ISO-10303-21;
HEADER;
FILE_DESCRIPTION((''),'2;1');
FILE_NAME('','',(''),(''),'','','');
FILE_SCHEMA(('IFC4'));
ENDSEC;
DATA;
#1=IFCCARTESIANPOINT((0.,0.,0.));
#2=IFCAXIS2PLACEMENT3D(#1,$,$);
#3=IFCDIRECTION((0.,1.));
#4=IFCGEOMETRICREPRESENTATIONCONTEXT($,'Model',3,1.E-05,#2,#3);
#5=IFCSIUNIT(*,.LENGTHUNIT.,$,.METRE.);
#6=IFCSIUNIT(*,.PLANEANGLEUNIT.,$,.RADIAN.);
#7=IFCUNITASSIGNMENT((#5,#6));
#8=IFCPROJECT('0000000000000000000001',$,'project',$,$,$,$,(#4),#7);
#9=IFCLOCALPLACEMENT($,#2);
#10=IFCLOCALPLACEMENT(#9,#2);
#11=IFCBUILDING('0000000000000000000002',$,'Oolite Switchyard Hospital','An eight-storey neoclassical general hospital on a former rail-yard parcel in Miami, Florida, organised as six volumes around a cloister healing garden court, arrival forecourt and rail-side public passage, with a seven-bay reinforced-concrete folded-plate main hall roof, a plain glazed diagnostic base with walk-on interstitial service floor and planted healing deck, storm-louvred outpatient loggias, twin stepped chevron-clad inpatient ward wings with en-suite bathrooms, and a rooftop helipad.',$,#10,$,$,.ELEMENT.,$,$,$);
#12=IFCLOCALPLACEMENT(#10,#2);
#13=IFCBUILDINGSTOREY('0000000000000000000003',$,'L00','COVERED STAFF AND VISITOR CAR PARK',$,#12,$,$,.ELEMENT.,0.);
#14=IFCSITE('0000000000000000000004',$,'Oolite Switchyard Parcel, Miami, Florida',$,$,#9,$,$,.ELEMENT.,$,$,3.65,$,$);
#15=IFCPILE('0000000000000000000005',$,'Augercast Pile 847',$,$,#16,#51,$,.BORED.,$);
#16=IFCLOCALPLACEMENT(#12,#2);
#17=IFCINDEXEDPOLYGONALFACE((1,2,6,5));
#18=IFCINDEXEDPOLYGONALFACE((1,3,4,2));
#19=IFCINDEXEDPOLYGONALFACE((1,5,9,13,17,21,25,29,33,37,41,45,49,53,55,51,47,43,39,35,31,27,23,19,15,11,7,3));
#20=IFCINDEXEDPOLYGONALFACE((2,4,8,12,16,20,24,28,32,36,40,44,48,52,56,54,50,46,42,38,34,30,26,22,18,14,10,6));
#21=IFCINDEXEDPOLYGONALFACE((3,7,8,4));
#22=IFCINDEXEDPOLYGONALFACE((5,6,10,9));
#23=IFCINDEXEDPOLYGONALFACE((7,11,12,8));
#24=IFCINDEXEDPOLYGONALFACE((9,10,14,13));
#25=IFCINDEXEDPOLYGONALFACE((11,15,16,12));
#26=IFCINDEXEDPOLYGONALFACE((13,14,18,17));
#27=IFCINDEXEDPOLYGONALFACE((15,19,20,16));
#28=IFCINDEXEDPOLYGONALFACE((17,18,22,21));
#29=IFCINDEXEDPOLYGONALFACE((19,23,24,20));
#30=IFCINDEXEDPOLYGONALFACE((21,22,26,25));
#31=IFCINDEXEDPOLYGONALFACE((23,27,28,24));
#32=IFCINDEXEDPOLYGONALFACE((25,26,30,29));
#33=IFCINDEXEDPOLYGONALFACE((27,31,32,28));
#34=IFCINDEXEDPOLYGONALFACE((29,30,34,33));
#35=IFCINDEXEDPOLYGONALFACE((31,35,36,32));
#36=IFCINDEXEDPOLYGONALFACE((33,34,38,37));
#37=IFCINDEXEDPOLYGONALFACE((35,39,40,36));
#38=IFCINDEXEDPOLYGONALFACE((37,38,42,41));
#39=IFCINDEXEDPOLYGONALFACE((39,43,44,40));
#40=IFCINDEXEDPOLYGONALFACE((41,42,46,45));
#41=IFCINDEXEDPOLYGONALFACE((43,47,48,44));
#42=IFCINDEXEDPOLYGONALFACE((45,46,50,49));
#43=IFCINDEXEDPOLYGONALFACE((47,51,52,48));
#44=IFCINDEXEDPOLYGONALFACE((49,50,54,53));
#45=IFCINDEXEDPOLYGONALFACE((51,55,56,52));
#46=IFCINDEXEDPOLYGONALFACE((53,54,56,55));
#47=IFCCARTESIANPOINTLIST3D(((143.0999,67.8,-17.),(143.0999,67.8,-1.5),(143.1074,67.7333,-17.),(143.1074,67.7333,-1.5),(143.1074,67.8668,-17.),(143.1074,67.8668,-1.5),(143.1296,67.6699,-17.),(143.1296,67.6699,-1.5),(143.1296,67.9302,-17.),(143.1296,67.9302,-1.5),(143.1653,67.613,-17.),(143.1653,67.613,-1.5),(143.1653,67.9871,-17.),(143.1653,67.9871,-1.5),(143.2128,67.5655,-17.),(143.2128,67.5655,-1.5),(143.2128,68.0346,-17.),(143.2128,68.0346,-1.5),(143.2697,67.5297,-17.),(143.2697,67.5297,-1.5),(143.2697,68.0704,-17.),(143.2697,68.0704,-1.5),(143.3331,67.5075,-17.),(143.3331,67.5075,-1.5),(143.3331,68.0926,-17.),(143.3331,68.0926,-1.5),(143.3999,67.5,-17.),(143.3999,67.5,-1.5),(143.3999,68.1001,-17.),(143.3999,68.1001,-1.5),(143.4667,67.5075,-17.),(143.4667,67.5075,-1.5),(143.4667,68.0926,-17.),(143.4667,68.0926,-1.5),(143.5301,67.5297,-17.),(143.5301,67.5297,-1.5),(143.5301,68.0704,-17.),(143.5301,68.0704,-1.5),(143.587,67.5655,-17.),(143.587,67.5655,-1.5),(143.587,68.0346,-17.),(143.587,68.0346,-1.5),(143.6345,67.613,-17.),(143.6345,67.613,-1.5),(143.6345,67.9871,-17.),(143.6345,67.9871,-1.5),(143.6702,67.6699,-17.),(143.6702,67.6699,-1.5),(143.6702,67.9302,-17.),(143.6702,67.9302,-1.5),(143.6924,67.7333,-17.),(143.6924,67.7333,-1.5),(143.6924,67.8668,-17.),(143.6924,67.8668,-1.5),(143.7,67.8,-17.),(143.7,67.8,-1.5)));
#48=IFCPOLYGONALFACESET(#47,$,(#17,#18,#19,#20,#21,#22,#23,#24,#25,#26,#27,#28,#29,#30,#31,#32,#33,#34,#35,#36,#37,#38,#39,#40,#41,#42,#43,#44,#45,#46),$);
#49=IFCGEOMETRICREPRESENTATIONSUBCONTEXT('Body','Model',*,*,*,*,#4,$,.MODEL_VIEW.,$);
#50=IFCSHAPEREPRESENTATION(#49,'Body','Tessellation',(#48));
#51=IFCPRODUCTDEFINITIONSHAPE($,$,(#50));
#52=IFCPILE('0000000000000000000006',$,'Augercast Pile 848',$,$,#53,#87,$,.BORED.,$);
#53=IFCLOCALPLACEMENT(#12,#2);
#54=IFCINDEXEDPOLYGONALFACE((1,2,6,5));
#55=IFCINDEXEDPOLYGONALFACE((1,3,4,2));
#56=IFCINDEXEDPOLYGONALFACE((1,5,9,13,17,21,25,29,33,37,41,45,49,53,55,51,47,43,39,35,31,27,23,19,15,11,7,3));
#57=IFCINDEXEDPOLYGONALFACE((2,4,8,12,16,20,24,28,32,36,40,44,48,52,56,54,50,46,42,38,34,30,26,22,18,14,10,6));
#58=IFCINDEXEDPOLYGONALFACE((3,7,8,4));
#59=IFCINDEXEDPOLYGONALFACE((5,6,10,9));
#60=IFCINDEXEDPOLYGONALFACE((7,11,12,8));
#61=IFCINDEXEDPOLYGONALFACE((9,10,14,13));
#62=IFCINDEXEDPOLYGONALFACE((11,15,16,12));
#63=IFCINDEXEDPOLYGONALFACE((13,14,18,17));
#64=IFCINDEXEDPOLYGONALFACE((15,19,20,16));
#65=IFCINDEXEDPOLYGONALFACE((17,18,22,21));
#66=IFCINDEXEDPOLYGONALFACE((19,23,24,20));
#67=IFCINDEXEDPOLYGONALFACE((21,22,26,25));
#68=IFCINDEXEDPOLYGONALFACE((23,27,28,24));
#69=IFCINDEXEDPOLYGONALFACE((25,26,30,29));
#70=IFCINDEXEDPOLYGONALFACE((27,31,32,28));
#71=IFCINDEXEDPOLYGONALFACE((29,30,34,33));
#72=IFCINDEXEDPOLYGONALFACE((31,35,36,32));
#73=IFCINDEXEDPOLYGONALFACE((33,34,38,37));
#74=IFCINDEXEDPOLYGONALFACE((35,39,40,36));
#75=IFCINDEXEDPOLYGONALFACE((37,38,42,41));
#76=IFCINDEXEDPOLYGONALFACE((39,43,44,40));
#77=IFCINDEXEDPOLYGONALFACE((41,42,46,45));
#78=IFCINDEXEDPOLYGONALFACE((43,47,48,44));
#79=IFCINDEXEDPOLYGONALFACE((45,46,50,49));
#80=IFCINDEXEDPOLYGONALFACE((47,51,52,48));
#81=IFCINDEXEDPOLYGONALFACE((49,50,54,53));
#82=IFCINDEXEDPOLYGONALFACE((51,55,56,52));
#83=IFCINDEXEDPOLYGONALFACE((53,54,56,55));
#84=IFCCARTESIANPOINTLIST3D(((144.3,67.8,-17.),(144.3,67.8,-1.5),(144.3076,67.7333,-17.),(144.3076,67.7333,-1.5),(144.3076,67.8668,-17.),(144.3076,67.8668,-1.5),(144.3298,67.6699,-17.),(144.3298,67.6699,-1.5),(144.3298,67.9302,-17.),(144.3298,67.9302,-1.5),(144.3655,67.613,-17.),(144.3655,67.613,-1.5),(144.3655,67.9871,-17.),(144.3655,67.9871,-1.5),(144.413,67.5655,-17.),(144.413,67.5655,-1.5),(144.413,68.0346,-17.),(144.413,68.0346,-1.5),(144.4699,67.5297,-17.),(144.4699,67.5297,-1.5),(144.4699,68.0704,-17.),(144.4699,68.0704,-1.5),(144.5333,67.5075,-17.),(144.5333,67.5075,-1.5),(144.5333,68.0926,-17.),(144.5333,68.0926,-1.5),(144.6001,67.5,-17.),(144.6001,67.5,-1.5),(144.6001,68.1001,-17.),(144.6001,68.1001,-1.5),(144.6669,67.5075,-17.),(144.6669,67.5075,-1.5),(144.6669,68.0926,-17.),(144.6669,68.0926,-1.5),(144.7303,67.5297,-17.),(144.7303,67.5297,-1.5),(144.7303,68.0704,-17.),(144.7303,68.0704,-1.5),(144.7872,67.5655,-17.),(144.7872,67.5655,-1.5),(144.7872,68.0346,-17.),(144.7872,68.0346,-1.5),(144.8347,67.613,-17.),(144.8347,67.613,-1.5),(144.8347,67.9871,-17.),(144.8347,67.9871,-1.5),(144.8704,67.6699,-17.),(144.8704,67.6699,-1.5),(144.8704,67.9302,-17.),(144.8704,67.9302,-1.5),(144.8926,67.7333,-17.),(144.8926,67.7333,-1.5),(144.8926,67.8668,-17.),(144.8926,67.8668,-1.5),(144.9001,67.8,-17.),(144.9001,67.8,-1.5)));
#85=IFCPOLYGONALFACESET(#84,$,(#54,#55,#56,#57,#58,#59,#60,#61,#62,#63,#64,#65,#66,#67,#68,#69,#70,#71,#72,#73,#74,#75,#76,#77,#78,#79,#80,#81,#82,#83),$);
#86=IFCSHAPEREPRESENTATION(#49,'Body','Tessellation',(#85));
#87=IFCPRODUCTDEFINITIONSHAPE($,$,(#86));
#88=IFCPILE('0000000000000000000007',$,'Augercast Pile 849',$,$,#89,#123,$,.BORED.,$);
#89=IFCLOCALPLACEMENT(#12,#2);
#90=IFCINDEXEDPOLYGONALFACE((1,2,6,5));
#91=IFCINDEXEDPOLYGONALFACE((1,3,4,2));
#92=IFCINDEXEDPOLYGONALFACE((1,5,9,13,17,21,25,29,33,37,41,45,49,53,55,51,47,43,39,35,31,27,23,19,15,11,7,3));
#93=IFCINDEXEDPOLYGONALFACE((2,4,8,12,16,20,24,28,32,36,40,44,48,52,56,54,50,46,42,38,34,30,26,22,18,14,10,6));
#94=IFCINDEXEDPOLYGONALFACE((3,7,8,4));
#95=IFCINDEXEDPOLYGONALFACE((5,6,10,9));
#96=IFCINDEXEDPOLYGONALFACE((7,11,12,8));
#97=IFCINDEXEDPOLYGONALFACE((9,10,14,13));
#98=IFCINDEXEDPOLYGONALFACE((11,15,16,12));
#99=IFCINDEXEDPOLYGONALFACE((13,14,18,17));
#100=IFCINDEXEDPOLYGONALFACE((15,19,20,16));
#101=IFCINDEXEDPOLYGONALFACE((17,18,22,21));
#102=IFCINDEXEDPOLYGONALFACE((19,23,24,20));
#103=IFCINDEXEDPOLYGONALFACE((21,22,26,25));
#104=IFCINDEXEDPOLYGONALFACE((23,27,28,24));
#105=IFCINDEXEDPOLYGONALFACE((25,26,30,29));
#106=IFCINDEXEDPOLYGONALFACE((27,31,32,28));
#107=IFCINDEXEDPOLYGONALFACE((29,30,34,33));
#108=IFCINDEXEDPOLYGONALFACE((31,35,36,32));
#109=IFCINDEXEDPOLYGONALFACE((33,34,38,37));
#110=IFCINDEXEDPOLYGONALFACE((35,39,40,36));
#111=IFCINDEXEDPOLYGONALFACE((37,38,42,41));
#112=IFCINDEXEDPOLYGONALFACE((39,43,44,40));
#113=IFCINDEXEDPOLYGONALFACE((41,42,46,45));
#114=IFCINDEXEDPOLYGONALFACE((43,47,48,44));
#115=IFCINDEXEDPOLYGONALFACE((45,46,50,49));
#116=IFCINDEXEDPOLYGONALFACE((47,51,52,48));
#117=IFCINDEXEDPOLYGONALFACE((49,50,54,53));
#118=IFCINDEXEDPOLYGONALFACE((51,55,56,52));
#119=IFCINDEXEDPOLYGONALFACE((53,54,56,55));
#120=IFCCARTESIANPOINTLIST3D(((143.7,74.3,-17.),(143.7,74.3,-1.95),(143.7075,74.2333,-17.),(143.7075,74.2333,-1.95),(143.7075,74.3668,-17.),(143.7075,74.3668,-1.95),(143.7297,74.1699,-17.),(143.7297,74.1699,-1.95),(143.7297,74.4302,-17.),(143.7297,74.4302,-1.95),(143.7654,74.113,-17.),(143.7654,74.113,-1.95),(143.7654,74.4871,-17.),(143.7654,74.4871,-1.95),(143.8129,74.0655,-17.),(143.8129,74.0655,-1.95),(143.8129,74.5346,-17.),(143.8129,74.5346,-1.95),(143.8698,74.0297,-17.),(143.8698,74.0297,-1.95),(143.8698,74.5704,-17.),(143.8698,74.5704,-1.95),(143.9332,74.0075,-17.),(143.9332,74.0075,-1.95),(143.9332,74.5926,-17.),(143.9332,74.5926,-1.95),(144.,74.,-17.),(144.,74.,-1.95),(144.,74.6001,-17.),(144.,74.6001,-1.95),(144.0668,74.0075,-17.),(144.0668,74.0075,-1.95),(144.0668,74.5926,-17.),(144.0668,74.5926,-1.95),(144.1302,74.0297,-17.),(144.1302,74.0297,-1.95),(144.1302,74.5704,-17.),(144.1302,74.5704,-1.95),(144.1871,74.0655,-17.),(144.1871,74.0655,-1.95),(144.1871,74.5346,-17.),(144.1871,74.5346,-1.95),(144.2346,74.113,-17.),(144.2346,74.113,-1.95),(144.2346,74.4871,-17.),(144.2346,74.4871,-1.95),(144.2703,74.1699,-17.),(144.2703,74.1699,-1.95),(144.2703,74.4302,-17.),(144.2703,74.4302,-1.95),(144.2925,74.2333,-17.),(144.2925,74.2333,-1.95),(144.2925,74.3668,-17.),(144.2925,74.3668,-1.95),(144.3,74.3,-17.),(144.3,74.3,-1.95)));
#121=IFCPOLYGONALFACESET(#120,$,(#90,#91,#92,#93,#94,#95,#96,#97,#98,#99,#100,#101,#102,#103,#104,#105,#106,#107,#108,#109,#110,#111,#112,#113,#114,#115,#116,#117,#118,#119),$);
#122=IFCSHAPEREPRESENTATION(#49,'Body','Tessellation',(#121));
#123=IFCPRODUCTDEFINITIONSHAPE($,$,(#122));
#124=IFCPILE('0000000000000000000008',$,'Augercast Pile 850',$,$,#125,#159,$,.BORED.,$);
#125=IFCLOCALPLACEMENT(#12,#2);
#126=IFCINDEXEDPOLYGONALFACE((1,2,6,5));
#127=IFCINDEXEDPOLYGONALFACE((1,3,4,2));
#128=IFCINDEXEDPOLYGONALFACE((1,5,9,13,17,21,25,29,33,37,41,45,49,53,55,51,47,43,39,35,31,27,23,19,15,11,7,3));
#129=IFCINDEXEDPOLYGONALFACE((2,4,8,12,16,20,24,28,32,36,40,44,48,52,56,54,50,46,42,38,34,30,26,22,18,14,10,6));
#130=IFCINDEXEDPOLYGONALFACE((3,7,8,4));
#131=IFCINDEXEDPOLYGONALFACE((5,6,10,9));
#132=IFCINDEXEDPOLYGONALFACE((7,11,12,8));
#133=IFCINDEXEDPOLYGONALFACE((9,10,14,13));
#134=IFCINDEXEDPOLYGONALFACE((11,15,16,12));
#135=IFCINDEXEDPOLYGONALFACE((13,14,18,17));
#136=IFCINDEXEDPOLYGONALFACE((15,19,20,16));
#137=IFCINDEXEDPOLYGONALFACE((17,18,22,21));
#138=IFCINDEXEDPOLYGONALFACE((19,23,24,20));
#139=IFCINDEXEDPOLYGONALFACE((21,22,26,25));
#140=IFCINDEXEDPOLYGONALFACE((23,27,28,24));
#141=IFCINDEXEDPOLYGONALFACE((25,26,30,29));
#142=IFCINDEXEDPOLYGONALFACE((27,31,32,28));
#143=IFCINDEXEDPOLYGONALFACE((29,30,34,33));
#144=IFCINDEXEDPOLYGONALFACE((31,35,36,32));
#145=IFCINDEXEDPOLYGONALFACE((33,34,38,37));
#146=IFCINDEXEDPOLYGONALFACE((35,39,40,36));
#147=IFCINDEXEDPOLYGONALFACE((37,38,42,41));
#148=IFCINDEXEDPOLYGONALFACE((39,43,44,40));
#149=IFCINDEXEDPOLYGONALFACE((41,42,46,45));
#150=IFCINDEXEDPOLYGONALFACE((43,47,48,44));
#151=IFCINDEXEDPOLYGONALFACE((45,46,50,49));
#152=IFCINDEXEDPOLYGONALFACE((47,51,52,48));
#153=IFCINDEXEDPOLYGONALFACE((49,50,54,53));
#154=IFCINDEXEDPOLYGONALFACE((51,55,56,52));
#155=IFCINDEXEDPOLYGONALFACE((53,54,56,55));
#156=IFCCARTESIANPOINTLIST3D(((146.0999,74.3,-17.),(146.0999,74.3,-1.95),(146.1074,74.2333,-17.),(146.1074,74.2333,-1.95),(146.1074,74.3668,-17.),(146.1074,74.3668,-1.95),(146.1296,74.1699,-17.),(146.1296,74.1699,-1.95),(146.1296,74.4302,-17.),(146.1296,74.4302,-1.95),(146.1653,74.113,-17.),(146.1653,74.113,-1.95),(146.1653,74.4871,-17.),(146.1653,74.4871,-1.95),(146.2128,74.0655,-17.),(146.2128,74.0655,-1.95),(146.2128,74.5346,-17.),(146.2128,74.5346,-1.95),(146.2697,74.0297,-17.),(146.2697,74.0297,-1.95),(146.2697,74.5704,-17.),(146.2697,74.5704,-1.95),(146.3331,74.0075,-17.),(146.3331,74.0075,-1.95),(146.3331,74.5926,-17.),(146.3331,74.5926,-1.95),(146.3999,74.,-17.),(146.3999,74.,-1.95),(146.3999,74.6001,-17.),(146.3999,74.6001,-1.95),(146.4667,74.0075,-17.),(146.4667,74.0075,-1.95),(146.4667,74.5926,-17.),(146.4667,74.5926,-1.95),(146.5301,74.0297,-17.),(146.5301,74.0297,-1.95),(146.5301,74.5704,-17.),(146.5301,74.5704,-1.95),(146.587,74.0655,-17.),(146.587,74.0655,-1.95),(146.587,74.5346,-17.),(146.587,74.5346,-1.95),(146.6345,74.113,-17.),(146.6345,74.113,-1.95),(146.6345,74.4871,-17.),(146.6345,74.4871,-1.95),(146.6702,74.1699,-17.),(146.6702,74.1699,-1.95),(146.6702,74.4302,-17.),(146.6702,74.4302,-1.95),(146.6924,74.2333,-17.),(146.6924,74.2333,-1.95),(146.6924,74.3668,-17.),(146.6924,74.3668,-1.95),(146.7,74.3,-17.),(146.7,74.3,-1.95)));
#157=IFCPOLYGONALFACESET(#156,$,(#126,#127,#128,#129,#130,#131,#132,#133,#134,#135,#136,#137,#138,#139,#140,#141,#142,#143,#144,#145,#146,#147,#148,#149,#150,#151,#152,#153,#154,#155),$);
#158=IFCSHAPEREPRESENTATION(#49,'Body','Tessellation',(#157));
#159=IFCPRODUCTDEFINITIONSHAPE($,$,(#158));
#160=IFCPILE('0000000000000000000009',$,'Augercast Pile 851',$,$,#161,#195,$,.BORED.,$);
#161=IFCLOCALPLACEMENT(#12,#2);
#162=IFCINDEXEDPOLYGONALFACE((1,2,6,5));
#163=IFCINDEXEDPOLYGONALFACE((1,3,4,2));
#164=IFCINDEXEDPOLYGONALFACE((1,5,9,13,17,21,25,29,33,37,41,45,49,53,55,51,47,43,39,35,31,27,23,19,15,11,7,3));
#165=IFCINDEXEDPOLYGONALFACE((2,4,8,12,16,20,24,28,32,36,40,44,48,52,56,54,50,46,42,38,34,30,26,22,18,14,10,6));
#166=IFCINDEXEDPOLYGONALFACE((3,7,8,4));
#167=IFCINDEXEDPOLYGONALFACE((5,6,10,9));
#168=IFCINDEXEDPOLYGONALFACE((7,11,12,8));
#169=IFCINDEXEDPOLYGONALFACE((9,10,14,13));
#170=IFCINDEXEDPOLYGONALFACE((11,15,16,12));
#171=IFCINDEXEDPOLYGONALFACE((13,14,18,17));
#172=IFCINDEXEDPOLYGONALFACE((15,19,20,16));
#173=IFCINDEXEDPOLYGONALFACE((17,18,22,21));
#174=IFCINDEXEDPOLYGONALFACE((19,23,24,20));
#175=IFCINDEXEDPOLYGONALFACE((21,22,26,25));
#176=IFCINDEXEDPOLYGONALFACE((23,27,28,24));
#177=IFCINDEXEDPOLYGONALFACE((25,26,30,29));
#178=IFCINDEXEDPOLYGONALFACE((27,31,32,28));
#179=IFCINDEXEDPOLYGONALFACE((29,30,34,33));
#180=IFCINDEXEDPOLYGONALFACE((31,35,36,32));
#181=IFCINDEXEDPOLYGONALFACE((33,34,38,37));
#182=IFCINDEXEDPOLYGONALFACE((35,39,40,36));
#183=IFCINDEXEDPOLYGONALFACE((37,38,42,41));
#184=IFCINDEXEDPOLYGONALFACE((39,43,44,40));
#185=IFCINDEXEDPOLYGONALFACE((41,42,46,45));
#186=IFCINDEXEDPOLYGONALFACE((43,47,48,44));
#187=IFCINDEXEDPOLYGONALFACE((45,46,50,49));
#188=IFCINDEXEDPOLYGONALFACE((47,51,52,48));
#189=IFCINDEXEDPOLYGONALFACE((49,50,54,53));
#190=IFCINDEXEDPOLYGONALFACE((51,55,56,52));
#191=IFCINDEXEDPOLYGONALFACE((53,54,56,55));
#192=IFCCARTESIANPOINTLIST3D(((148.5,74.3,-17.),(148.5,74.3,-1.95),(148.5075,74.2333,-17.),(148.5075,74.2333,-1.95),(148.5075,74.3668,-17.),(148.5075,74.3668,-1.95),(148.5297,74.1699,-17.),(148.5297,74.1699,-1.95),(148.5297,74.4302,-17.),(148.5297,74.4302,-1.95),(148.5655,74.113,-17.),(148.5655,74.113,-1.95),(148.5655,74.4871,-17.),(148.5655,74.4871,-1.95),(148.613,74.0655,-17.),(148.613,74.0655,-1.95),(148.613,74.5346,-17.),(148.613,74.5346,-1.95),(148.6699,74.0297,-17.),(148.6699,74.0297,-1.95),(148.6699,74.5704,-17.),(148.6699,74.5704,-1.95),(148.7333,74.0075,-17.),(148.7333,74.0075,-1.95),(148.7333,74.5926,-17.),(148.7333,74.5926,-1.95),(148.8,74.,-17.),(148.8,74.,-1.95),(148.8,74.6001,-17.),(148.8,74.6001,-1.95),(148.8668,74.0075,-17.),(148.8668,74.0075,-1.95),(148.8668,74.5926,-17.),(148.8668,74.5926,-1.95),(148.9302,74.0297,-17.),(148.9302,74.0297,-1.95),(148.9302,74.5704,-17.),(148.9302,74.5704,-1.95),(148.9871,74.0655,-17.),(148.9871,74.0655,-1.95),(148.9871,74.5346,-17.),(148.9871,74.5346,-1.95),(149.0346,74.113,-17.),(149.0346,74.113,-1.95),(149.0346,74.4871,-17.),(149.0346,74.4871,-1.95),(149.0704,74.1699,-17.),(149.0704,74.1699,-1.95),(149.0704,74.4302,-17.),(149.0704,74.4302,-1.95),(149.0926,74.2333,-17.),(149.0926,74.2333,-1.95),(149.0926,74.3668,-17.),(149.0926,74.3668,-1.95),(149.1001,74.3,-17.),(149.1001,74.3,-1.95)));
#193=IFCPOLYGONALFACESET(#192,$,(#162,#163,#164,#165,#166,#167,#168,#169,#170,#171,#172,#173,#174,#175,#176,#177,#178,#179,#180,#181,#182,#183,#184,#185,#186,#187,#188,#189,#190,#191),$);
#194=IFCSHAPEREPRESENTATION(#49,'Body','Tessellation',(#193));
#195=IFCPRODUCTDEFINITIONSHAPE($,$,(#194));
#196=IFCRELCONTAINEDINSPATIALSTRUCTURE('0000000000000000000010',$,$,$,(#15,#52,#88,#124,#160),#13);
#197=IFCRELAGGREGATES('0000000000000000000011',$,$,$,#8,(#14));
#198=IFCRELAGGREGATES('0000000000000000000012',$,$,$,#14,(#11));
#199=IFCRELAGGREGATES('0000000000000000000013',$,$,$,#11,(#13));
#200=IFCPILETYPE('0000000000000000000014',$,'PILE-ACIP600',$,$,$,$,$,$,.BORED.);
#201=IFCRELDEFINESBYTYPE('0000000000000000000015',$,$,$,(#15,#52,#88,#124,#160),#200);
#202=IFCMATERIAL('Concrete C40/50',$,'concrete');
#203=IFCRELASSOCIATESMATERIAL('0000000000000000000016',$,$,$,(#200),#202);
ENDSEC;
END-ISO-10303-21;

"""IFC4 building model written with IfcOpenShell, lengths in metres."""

from ifc_helpers import new_model, si_unit, direction, frame, origin, origin_2d, place, context, subcontext, project, spatial, circle, extrude, material, material_profile, profile_set, type_object, element, save


model = new_model("IFC4")

# Units and contexts
model_context = context("Model", 3, precision=1e-05, world=origin(), true_north=direction((0.0, 1.0)))
body_context = subcontext(model_context, "Body", "Model", "MODEL_VIEW")
ifc_project = project(units=[si_unit("LENGTHUNIT", "METRE"), si_unit("PLANEANGLEUNIT", "RADIAN")], contexts=[model_context])

# Site, building, storey
site_placement = place(None, origin())
site = spatial("IfcSite", under=ifc_project, at=site_placement, Name="Oolite Switchyard Parcel, Miami, Florida", CompositionType="ELEMENT", RefElevation=3.65)
building_placement = place(site_placement, origin())
building = spatial("IfcBuilding", under=site, at=building_placement, Name="Oolite Switchyard Hospital", Description="An eight-storey neoclassical general hospital on a former rail-yard parcel in Miami, Florida, organised as six volumes around a cloister healing garden court, arrival forecourt and rail-side public passage, with a seven-bay reinforced-concrete folded-plate main hall roof, a plain glazed diagnostic base with walk-on interstitial service floor and planted healing deck, storm-louvred outpatient loggias, twin stepped chevron-clad inpatient ward wings with en-suite bathrooms, and a rooftop helipad.", CompositionType="ELEMENT")
storey_placement = place(building_placement, origin())
storey = spatial("IfcBuildingStorey", under=building, at=storey_placement, Name="L00", Description="COVERED STAFF AND VISITOR CAR PARK", CompositionType="ELEMENT", Elevation=0.0)

# Shared definitions
ifc_material_1 = material(Name="Concrete C40/50", Category="concrete")

# Piles
ifc_material_profile_1 = material_profile(ifc_material_1, circle(Radius=0.3, at=origin_2d()), Name="PILE600")
ifc_profile_set_1 = profile_set([ifc_material_profile_1], Name="Concrete C40/50")
pile_type = type_object("IfcPileType", Name="PILE-ACIP600", PredefinedType="BORED", material=ifc_profile_set_1)
for number, where, z_axis, x_axis, name in (
    (1, (143.3999, 67.8, -1.5), (0.0, 0.0, -1.0), (1.0, 0.0, 0.0), "Augercast Pile 847"),
    (2, (144.6001, 67.8, -1.5), (0.0, 0.0, -1.0), (1.0, 0.0, 0.0), "Augercast Pile 848"),
):
    element("IfcPile", number, at=place(storey_placement, frame(where, z_axis=z_axis, x_axis=x_axis)), inside=storey, type_object=pile_type, Name=name, PredefinedType="BORED", context=body_context, shape_type="SweptSolid", body=[
        extrude(circle(Radius=0.3, at=origin_2d()), origin(), (0.0, 0.0, 1.0), 15.5),
    ])
for number, where, z_axis, x_axis, name in (
    (3, (144.0, 74.3, -1.95), (0.0, 0.0, -1.0), (1.0, 0.0, 0.0), "Augercast Pile 849"),
    (4, (146.3999, 74.3, -1.95), (0.0, 0.0, -1.0), (1.0, 0.0, 0.0), "Augercast Pile 850"),
    (5, (148.8, 74.3, -1.95), (0.0, 0.0, -1.0), (1.0, 0.0, 0.0), "Augercast Pile 851"),
):
    element("IfcPile", number, at=place(storey_placement, frame(where, z_axis=z_axis, x_axis=x_axis)), inside=storey, type_object=pile_type, Name=name, PredefinedType="BORED", context=body_context, shape_type="SweptSolid", body=[
        extrude(circle(Radius=0.3, at=origin_2d()), origin(), (0.0, 0.0, 1.0), 15.05),
    ])

save(model, "model.ifc")
